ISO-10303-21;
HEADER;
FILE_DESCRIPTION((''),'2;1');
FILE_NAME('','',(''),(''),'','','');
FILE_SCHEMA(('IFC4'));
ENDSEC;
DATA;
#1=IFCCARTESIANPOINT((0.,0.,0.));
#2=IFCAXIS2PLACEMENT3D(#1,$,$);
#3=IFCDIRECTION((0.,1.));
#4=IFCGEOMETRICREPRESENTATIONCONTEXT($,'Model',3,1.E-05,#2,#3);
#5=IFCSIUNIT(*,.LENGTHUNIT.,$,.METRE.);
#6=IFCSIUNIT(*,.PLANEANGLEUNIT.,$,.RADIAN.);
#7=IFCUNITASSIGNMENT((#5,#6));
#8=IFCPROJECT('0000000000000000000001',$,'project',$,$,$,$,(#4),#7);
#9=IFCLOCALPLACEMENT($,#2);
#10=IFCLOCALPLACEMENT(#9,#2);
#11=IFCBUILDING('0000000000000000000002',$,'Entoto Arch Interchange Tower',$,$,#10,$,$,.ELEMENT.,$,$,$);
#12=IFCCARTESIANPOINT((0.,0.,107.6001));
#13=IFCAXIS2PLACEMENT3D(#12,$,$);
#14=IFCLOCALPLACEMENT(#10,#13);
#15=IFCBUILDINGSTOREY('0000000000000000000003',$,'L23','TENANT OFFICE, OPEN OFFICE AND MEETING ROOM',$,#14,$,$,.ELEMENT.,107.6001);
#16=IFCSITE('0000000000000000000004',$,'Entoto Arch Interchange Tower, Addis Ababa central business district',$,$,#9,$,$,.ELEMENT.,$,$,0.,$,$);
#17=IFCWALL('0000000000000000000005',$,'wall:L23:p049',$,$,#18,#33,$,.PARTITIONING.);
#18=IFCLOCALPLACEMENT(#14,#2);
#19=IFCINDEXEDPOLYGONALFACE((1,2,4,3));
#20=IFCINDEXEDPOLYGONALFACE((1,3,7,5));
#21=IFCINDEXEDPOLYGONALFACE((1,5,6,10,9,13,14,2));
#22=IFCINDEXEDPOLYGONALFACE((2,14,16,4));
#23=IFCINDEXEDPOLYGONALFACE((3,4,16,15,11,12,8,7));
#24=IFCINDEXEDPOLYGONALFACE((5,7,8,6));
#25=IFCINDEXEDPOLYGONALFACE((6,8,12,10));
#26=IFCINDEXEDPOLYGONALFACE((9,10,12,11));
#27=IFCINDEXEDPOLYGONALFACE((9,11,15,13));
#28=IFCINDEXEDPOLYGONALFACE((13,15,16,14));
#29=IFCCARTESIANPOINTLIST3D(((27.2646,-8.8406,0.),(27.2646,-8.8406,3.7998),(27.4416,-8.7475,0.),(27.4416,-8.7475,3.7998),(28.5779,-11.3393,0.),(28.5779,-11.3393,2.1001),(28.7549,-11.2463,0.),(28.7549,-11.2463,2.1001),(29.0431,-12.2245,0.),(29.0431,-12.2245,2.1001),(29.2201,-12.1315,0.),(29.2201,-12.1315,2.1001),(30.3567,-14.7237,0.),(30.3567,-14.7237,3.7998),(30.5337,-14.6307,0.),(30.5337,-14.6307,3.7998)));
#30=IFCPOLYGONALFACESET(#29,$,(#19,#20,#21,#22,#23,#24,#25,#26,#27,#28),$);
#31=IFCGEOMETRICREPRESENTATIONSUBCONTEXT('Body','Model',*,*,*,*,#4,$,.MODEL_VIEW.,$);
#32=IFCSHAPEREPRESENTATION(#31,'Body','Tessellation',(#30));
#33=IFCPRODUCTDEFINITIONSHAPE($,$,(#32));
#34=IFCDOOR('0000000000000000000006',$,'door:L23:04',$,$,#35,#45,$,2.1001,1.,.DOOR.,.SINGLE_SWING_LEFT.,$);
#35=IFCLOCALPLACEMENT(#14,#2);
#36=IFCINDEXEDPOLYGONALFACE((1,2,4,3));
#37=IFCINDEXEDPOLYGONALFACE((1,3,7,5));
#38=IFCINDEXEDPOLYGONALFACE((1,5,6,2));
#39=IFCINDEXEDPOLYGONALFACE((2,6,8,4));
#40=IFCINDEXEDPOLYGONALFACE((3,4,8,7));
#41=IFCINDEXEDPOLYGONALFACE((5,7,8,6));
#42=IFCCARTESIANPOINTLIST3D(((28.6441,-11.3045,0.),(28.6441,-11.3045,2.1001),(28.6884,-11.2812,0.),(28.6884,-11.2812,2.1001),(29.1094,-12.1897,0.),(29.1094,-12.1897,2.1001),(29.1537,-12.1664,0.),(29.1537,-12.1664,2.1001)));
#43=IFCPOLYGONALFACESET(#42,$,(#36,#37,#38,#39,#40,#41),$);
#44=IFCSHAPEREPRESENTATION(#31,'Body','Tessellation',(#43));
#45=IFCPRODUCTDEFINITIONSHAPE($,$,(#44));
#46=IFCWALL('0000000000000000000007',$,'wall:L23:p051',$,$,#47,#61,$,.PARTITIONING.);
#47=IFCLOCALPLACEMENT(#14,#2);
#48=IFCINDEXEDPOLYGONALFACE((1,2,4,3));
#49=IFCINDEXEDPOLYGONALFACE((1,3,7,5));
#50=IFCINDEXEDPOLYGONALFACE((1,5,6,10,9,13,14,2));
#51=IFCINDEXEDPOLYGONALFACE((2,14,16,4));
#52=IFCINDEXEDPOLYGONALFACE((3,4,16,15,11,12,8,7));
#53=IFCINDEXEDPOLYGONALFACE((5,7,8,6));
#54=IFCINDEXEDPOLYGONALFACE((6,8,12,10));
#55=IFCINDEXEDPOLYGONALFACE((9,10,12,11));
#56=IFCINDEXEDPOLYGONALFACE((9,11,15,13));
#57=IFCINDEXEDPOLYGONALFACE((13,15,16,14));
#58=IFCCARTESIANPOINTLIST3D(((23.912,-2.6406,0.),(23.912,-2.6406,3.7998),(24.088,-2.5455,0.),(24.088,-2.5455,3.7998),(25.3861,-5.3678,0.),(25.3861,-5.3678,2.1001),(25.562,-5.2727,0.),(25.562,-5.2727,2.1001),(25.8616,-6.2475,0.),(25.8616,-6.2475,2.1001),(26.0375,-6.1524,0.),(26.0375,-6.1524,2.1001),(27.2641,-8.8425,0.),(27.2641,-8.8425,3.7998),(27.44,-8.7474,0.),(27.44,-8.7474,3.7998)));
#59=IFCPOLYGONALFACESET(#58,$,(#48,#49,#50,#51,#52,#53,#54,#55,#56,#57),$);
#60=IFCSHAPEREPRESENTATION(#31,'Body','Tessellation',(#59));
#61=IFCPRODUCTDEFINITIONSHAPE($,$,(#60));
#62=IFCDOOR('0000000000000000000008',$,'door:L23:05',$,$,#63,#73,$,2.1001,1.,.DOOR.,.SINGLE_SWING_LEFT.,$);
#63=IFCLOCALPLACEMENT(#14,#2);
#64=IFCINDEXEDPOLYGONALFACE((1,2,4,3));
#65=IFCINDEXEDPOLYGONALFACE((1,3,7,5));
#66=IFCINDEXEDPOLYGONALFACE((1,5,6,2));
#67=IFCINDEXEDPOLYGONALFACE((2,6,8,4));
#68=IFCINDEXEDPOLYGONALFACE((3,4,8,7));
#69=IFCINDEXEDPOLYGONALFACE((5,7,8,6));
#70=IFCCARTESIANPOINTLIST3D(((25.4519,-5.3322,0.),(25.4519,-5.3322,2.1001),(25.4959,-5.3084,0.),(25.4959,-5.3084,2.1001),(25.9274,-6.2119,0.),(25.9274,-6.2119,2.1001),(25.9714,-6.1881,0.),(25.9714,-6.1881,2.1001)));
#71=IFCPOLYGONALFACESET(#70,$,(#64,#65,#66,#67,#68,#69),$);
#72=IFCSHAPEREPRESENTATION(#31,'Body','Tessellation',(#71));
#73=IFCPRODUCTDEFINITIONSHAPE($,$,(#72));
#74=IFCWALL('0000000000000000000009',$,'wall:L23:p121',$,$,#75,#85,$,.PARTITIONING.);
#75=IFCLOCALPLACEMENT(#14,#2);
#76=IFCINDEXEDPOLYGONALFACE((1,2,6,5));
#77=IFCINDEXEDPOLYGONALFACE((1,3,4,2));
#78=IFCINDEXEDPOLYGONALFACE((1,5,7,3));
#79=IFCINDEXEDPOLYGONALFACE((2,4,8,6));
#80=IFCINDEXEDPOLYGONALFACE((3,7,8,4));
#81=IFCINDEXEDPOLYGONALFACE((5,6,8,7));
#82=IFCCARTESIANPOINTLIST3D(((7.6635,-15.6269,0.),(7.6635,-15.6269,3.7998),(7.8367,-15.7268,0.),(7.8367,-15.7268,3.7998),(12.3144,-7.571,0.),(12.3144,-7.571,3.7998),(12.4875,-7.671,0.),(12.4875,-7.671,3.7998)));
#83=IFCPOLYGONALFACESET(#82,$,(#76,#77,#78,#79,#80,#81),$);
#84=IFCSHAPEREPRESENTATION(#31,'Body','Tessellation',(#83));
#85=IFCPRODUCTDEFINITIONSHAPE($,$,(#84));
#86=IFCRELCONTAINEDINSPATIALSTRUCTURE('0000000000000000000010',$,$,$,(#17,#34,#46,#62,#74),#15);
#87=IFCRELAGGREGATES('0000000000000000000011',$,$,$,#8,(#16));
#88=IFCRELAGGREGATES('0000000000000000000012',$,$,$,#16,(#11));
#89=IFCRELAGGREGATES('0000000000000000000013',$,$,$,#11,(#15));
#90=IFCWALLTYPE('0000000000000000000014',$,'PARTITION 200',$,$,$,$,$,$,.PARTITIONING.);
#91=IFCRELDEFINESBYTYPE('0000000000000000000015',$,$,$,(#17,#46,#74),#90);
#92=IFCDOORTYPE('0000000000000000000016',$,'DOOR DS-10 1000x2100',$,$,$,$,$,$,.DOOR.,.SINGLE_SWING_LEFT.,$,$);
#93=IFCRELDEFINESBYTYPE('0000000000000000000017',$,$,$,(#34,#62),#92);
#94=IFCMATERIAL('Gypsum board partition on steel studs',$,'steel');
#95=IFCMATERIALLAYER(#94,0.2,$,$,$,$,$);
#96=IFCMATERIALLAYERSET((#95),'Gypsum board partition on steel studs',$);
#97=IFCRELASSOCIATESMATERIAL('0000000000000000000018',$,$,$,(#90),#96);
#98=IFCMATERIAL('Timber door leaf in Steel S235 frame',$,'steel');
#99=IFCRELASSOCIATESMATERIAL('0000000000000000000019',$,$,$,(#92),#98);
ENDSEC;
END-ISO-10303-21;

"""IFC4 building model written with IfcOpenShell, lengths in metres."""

from ifc_helpers import new_model, si_unit, direction, frame, frame_2d, origin, place, context, subcontext, project, spatial, rectangle, extrude, material, layer, layer_set, type_object, element, fill, save


model = new_model("IFC4")

# Units and contexts
model_context = context("Model", 3, precision=1e-05, world=origin(), true_north=direction((0.0, 1.0)))
body_context = subcontext(model_context, "Body", "Model", "MODEL_VIEW")
ifc_project = project(units=[si_unit("LENGTHUNIT", "METRE"), si_unit("PLANEANGLEUNIT", "RADIAN")], contexts=[model_context])

# Site, building, storey
site_placement = place(None, origin())
site = spatial("IfcSite", under=ifc_project, at=site_placement, Name="Entoto Arch Interchange Tower, Addis Ababa central business district", CompositionType="ELEMENT", RefElevation=0.0)
building_placement = place(site_placement, origin())
building = spatial("IfcBuilding", under=site, at=building_placement, Name="Entoto Arch Interchange Tower", CompositionType="ELEMENT")
storey_placement = place(building_placement, frame((0.0, 0.0, 107.6001)))
storey = spatial("IfcBuildingStorey", under=building, at=storey_placement, Name="L23", Description="TENANT OFFICE, OPEN OFFICE AND MEETING ROOM", CompositionType="ELEMENT", Elevation=107.6001)

# Shared definitions
ifc_material_1 = material(Name="Gypsum board partition on steel studs", Category="steel")
ifc_layer_1 = layer(ifc_material_1, 0.2)
ifc_layer_set_1 = layer_set([ifc_layer_1], Name="Gypsum board partition on steel studs")
wall_type_1 = type_object("IfcWallType", Name="PARTITION 200", PredefinedType="PARTITIONING", material=ifc_layer_set_1)

# Shared definitions
ifc_material_2 = material(Name="Timber door leaf in Steel S235 frame", Category="steel")
door_type_1 = type_object("IfcDoorType", Name="DOOR DS-10 1000x2100", OperationType="SINGLE_SWING_LEFT", PredefinedType="DOOR", material=ifc_material_2)

# Walls, openings, doors
wall_1_placement = place(storey_placement, frame((27.353, -8.7939, 0.0), z_axis=(0.0, 0.0, 1.0), x_axis=(0.465239, -0.885185, 0.0)))
wall_1 = element("IfcWall", 1, at=wall_1_placement, inside=storey, type_object=wall_type_1, Name="wall:L23:p049", PredefinedType="PARTITIONING", context=body_context, shape_type="SweptSolid", body=[
    extrude(rectangle(XDim=6.6462, YDim=0.2, at=frame_2d((3.3232, 0.0))), origin(), (0.0, 0.0, 1.0), 3.7998),
])
opening_1_placement = place(wall_1_placement, frame((2.823, 0.0, 0.0)))
opening_1 = element("IfcOpeningElement", 2, at=opening_1_placement, cuts=wall_1, PredefinedType="OPENING", context=body_context, shape_type="SweptSolid", body=[
    extrude(rectangle(XDim=1.0, YDim=2.1001, at=frame_2d((0.5, 1.05))), frame((0.0, 0.1099, 0.0), z_axis=(0.0, -1.0, 0.0), x_axis=(1.0, 0.0, 0.0)), (0.0, 0.0, 1.0), 0.22),
])
door_1_placement = place(opening_1_placement, origin())
door_1 = element("IfcDoor", 3, at=door_1_placement, inside=storey, type_object=door_type_1, Name="door:L23:04", OperationType="SINGLE_SWING_LEFT", OverallHeight=2.1001, OverallWidth=1.0, PredefinedType="DOOR", context=body_context, shape_type="SweptSolid", body=[
    extrude(rectangle(XDim=1.0, YDim=2.1001, at=frame_2d((0.5, 1.05))), frame((0.0, 0.0249, 0.0), z_axis=(0.0, -1.0, 0.0), x_axis=(1.0, 0.0, 0.0)), (0.0, 0.0, 1.0), 0.05),
])
fill(opening_1, door_1)
wall_2_placement = place(storey_placement, frame((24.0, -2.593, 0.0), z_axis=(0.0, 0.0, 1.0), x_axis=(0.475481, -0.879726, 0.0)))
wall_2 = element("IfcWall", 4, at=wall_2_placement, inside=storey, type_object=wall_type_1, Name="wall:L23:p051", PredefinedType="PARTITIONING", context=body_context, shape_type="SweptSolid", body=[
    extrude(rectangle(XDim=7.0498, YDim=0.2, at=frame_2d((3.5249, 0.0))), origin(), (0.0, 0.0, 1.0), 3.7998),
])
opening_2_placement = place(wall_2_placement, frame((3.1001, 0.0, 0.0)))
opening_2 = element("IfcOpeningElement", 5, at=opening_2_placement, cuts=wall_2, PredefinedType="OPENING", context=body_context, shape_type="SweptSolid", body=[
    extrude(rectangle(XDim=1.0, YDim=2.1001, at=frame_2d((0.5, 1.05))), frame((0.0, 0.1099, 0.0), z_axis=(0.0, -1.0, 0.0), x_axis=(1.0, 0.0, 0.0)), (0.0, 0.0, 1.0), 0.22),
])
door_2_placement = place(opening_2_placement, origin())
door_2 = element("IfcDoor", 6, at=door_2_placement, inside=storey, type_object=door_type_1, Name="door:L23:05", OperationType="SINGLE_SWING_LEFT", OverallHeight=2.1001, OverallWidth=1.0, PredefinedType="DOOR", context=body_context, shape_type="SweptSolid", body=[
    extrude(rectangle(XDim=1.0, YDim=2.1001, at=frame_2d((0.5, 1.05))), frame((0.0, 0.0249, 0.0), z_axis=(0.0, -1.0, 0.0), x_axis=(1.0, 0.0, 0.0)), (0.0, 0.0, 1.0), 0.05),
])
fill(opening_2, door_2)

# Wall
wall_3_placement = place(storey_placement, frame((12.4009, -7.6211, 0.0), z_axis=(0.0, 0.0, 1.0), x_axis=(-0.499984, -0.866035, 0.0)))
element("IfcWall", 7, at=wall_3_placement, inside=storey, type_object=wall_type_1, Name="wall:L23:p121", PredefinedType="PARTITIONING", context=body_context, shape_type="SweptSolid", body=[
    extrude(rectangle(XDim=9.302, YDim=0.2, at=frame_2d((4.6509, 0.0))), origin(), (0.0, 0.0, 1.0), 3.7998),
])

save(model, "model.ifc")
